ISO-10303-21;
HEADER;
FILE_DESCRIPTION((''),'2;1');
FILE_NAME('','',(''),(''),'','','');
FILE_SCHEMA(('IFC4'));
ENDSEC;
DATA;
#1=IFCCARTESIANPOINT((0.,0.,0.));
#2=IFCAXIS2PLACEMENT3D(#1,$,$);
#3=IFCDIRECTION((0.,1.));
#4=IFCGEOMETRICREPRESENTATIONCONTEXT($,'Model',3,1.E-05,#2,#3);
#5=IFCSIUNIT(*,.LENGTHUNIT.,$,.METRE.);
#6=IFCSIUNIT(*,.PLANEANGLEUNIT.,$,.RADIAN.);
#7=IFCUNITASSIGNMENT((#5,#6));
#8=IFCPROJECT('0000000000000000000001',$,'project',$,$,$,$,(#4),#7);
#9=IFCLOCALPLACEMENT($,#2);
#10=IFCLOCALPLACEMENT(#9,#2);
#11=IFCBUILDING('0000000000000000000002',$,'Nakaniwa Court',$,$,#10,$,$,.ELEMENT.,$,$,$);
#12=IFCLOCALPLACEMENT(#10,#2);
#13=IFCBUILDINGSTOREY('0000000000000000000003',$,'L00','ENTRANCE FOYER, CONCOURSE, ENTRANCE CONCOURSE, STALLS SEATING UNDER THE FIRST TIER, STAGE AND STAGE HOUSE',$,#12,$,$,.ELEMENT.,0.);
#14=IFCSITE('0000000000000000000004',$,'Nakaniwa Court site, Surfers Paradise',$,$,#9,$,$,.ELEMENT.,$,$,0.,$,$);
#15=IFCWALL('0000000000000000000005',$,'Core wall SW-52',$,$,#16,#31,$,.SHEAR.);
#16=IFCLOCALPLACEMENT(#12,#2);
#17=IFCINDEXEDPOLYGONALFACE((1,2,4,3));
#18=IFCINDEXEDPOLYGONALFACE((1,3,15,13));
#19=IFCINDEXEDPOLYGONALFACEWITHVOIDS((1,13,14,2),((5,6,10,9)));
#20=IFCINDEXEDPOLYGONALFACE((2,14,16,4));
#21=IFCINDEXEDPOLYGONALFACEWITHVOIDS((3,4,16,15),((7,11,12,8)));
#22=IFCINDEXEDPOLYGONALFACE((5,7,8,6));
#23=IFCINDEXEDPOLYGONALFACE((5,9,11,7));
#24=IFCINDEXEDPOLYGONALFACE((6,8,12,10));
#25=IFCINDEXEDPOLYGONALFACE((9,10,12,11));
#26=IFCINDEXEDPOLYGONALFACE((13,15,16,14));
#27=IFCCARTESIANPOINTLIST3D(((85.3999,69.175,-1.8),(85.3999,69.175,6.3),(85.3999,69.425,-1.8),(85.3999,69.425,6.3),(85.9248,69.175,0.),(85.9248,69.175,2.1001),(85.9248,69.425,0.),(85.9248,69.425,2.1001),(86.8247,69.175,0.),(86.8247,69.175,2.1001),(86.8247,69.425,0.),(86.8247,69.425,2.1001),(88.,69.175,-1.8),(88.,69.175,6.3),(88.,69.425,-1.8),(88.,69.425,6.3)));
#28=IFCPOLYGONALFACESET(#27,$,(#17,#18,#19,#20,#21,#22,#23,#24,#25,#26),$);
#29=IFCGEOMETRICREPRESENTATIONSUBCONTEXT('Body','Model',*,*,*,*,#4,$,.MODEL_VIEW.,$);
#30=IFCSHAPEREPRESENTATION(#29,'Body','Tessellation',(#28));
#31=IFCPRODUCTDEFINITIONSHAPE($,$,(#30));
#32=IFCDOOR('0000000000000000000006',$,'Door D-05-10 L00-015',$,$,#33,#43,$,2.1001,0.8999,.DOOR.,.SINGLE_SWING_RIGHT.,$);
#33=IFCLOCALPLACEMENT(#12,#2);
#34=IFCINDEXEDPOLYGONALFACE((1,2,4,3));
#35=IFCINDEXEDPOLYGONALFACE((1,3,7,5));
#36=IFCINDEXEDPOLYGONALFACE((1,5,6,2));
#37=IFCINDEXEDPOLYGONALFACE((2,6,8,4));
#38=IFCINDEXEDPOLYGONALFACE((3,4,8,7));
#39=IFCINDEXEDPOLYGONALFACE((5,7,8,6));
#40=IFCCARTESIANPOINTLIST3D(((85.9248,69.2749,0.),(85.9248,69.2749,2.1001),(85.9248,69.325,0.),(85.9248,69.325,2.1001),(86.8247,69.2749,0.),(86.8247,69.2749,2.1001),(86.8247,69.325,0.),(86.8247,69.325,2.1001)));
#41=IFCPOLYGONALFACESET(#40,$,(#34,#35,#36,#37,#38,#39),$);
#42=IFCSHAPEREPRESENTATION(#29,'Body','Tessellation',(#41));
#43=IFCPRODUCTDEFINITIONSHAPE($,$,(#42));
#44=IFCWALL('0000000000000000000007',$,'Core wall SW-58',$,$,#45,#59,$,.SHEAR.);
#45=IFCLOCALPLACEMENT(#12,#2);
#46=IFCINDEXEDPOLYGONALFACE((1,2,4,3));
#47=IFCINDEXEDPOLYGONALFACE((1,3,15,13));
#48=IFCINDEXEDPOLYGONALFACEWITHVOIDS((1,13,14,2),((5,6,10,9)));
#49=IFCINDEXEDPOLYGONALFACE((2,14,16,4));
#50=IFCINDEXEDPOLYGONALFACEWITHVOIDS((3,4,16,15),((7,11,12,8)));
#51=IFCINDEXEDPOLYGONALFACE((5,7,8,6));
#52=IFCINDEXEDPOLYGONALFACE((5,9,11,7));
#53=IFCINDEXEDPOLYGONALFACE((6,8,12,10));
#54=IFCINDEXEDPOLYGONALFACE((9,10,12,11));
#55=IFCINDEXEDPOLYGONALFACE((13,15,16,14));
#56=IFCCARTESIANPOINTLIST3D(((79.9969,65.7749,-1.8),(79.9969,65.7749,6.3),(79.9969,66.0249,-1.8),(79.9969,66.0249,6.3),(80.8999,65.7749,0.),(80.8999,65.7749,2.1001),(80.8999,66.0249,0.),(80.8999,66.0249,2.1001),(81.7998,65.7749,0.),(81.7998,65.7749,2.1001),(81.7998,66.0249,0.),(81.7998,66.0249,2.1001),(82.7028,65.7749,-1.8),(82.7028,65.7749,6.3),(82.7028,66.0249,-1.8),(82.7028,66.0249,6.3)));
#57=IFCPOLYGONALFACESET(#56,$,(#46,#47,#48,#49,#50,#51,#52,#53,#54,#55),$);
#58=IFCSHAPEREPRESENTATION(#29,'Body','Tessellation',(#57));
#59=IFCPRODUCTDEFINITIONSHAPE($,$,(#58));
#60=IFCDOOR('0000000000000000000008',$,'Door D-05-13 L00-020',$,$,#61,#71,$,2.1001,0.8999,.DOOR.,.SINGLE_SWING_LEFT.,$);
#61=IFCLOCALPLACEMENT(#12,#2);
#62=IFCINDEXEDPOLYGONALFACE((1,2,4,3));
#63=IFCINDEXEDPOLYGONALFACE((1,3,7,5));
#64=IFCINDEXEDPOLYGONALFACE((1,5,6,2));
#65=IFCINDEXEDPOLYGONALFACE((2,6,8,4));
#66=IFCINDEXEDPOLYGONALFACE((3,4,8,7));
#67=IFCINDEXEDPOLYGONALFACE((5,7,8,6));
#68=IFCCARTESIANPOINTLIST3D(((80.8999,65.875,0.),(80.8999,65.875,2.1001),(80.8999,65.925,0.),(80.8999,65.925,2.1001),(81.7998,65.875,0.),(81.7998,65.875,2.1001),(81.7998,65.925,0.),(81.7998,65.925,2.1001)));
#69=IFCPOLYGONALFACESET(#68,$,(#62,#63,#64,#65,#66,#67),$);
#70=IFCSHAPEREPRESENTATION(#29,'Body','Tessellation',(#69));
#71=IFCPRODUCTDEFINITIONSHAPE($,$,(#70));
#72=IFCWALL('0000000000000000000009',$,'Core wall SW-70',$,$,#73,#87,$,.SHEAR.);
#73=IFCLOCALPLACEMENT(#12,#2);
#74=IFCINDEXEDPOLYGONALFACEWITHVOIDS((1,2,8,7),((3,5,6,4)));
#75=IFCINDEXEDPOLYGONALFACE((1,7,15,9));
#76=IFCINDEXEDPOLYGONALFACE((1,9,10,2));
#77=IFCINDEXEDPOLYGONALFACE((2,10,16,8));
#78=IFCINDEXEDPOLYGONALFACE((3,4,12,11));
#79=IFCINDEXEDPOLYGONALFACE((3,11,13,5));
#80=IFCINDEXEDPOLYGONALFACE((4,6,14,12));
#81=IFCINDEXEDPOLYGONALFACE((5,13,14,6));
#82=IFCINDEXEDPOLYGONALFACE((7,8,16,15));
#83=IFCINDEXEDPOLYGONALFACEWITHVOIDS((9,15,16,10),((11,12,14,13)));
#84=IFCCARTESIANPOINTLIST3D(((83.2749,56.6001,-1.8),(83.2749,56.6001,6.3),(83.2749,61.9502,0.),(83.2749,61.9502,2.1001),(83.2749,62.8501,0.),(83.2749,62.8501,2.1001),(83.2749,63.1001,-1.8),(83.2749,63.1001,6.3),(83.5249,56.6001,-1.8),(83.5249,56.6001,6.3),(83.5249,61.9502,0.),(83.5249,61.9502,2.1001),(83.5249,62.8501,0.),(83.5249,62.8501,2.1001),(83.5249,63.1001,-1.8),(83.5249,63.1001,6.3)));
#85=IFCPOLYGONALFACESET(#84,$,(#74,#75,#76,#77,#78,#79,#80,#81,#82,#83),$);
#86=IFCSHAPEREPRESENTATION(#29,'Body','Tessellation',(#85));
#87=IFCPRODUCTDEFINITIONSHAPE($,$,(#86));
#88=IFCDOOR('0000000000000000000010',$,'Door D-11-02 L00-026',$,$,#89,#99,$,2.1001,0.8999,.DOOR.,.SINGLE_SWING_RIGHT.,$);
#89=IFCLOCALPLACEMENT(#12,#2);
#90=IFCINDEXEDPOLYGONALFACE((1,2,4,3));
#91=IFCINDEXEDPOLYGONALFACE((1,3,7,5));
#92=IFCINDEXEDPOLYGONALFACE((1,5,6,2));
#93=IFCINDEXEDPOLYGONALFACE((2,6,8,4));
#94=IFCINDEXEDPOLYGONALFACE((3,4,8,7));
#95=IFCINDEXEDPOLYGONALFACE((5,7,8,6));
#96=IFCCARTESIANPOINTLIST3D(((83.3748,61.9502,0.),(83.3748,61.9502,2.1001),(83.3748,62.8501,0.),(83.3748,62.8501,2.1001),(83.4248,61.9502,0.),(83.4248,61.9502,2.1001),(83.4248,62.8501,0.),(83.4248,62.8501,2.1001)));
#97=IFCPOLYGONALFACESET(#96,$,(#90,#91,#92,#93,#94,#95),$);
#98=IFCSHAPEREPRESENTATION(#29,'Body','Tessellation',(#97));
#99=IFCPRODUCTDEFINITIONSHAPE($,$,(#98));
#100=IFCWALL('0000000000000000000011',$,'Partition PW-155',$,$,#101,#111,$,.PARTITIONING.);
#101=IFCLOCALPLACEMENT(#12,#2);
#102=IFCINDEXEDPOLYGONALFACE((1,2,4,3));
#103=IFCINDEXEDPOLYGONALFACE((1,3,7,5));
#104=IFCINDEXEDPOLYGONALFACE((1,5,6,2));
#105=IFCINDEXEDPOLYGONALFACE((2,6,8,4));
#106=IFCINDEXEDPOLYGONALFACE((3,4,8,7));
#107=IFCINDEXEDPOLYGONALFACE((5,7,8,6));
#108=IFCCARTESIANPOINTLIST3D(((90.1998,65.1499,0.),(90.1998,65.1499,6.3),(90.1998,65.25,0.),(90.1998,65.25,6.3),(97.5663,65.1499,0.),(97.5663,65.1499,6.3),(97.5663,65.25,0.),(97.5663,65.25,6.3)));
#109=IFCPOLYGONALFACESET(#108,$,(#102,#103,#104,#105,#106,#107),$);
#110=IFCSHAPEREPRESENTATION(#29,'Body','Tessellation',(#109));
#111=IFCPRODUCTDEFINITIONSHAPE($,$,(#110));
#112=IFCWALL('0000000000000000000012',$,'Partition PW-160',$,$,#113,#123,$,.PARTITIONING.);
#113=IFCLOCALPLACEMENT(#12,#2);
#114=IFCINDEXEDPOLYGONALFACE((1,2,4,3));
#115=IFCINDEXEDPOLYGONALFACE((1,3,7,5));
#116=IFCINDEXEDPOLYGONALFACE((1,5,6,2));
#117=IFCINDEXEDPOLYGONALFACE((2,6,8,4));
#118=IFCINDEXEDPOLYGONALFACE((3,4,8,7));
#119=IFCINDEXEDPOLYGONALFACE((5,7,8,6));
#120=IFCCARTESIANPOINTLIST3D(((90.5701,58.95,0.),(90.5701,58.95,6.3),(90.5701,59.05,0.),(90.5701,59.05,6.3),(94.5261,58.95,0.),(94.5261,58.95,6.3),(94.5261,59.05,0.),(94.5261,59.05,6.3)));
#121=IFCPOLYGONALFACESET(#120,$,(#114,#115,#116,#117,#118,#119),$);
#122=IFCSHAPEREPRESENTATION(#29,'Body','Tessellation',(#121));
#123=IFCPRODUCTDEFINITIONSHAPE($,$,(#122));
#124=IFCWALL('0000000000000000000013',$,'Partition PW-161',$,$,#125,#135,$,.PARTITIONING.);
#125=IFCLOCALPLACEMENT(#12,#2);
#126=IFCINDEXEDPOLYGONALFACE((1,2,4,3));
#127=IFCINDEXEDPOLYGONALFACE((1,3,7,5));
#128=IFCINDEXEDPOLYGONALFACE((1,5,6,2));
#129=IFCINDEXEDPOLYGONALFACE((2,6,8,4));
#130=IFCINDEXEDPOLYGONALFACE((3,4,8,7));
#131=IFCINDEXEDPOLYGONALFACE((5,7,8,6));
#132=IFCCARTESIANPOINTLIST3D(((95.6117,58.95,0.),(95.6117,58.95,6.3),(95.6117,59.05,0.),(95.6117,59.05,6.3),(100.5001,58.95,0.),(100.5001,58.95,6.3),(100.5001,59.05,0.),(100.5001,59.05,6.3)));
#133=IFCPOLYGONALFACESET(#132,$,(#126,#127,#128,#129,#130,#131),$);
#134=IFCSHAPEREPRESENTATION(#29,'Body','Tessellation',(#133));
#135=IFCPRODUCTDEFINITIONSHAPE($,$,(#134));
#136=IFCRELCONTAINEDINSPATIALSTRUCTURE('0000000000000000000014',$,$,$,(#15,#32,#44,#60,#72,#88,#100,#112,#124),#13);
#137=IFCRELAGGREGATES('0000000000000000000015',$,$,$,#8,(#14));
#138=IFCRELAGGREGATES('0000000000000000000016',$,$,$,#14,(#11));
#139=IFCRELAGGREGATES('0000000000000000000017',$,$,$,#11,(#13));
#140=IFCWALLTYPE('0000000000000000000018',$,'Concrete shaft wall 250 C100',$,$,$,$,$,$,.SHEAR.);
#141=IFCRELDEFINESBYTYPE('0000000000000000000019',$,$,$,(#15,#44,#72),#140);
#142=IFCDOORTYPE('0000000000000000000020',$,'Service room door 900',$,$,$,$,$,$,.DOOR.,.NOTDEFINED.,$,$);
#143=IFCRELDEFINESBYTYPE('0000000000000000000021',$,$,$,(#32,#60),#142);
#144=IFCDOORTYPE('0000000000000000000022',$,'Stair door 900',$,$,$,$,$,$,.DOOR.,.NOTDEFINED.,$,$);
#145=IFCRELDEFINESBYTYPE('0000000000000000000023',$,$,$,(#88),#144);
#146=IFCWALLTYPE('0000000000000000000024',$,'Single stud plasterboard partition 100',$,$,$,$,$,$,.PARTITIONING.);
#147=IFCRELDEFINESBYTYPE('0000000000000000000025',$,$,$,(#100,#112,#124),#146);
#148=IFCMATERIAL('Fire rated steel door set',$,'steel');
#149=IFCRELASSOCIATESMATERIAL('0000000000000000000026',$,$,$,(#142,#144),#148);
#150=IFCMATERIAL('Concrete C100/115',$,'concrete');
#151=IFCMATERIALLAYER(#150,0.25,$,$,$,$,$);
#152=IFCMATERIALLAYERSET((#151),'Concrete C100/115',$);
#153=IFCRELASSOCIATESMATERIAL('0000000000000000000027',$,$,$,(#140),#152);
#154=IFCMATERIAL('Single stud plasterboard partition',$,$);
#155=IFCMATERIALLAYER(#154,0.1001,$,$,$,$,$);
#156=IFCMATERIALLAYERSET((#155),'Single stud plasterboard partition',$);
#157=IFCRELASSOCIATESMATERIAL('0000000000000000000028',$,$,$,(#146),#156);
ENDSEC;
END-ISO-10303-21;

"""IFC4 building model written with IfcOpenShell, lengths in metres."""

from ifc_helpers import new_model, si_unit, direction, frame, frame_2d, origin, place, context, subcontext, project, spatial, rectangle, extrude, material, layer, layer_set, type_object, element, fill, save


model = new_model("IFC4")

# Units and contexts
model_context = context("Model", 3, precision=1e-05, world=origin(), true_north=direction((0.0, 1.0)))
body_context = subcontext(model_context, "Body", "Model", "MODEL_VIEW")
ifc_project = project(units=[si_unit("LENGTHUNIT", "METRE"), si_unit("PLANEANGLEUNIT", "RADIAN")], contexts=[model_context])

# Site, building, storey
site_placement = place(None, origin())
site = spatial("IfcSite", under=ifc_project, at=site_placement, Name="Nakaniwa Court site, Surfers Paradise", CompositionType="ELEMENT", RefElevation=0.0)
building_placement = place(site_placement, origin())
building = spatial("IfcBuilding", under=site, at=building_placement, Name="Nakaniwa Court", CompositionType="ELEMENT")
storey_placement = place(building_placement, origin())
storey = spatial("IfcBuildingStorey", under=building, at=storey_placement, Name="L00", Description="ENTRANCE FOYER, CONCOURSE, ENTRANCE CONCOURSE, STALLS SEATING UNDER THE FIRST TIER, STAGE AND STAGE HOUSE", CompositionType="ELEMENT", Elevation=0.0)

# Shared definitions
ifc_material_1 = material(Name="Concrete C100/115", Category="concrete")

# Shared definitions
ifc_material_2 = material(Name="Fire rated steel door set", Category="steel")
door_type_1 = type_object("IfcDoorType", Name="Service room door 900", OperationType="NOTDEFINED", PredefinedType="DOOR", material=ifc_material_2)

# Shared definitions
ifc_layer_1 = layer(ifc_material_1, 0.25)
ifc_layer_set_1 = layer_set([ifc_layer_1], Name="Concrete C100/115")
wall_type_1 = type_object("IfcWallType", Name="Concrete shaft wall 250 C100", PredefinedType="SHEAR", material=ifc_layer_set_1)

# Walls, openings, doors
wall_1_placement = place(storey_placement, frame((85.3999, 69.3, -1.8), z_axis=(0.0, 0.0, 1.0), x_axis=(1.0, 0.0, 0.0)))
wall_1 = element("IfcWall", 1, at=wall_1_placement, inside=storey, type_object=wall_type_1, Name="Core wall SW-52", PredefinedType="SHEAR", context=body_context, shape_type="SweptSolid", body=[
    extrude(rectangle(XDim=2.6001, YDim=0.25, at=frame_2d((1.3, 0.0))), origin(), (0.0, 0.0, 1.0), 8.1001),
])
opening_1_placement = place(wall_1_placement, frame((0.5249, 0.0, 1.8)))
opening_1 = element("IfcOpeningElement", 2, at=opening_1_placement, cuts=wall_1, PredefinedType="OPENING", context=body_context, shape_type="SweptSolid", body=[
    extrude(rectangle(XDim=0.8999, YDim=2.1001, at=frame_2d((0.45, 1.05))), frame((0.0, 0.135, 0.0), z_axis=(0.0, -1.0, 0.0), x_axis=(1.0, 0.0, 0.0)), (0.0, 0.0, 1.0), 0.27),
])
door_1_placement = place(opening_1_placement, origin())
door_1 = element("IfcDoor", 3, at=door_1_placement, inside=storey, type_object=door_type_1, Name="Door D-05-10 L00-015", OperationType="SINGLE_SWING_RIGHT", OverallHeight=2.1001, OverallWidth=0.8999, PredefinedType="DOOR", context=body_context, shape_type="SweptSolid", body=[
    extrude(rectangle(XDim=0.8999, YDim=2.1001, at=frame_2d((0.45, 1.05))), frame((0.0, 0.0249, 0.0), z_axis=(0.0, -1.0, 0.0), x_axis=(1.0, 0.0, 0.0)), (0.0, 0.0, 1.0), 0.05),
])
fill(opening_1, door_1)
wall_2_placement = place(storey_placement, frame((82.7029, 65.8999, -1.8), z_axis=(0.0, 0.0, 1.0), x_axis=(-1.0, 0.0, 0.0)))
wall_2 = element("IfcWall", 4, at=wall_2_placement, inside=storey, type_object=wall_type_1, Name="Core wall SW-58", PredefinedType="SHEAR", context=body_context, shape_type="SweptSolid", body=[
    extrude(rectangle(XDim=2.7058, YDim=0.25, at=frame_2d((1.353, 0.0))), origin(), (0.0, 0.0, 1.0), 8.1001),
])
opening_2_placement = place(wall_2_placement, frame((0.9031, 0.0, 1.8)))
opening_2 = element("IfcOpeningElement", 5, at=opening_2_placement, cuts=wall_2, PredefinedType="OPENING", context=body_context, shape_type="SweptSolid", body=[
    extrude(rectangle(XDim=0.8999, YDim=2.1001, at=frame_2d((0.45, 1.05))), frame((0.0, 0.135, 0.0), z_axis=(0.0, -1.0, 0.0), x_axis=(1.0, 0.0, 0.0)), (0.0, 0.0, 1.0), 0.27),
])
door_2_placement = place(opening_2_placement, origin())
door_2 = element("IfcDoor", 6, at=door_2_placement, inside=storey, type_object=door_type_1, Name="Door D-05-13 L00-020", OperationType="SINGLE_SWING_LEFT", OverallHeight=2.1001, OverallWidth=0.8999, PredefinedType="DOOR", context=body_context, shape_type="SweptSolid", body=[
    extrude(rectangle(XDim=0.8999, YDim=2.1001, at=frame_2d((0.45, 1.05))), frame((0.0, 0.0249, 0.0), z_axis=(0.0, -1.0, 0.0), x_axis=(1.0, 0.0, 0.0)), (0.0, 0.0, 1.0), 0.05),
])
fill(opening_2, door_2)
wall_3_placement = place(storey_placement, frame((83.3999, 63.1001, -1.8), z_axis=(0.0, 0.0, 1.0), x_axis=(0.0, -1.0, 0.0)))
wall_3 = element("IfcWall", 7, at=wall_3_placement, inside=storey, type_object=wall_type_1, Name="Core wall SW-70", PredefinedType="SHEAR", context=body_context, shape_type="SweptSolid", body=[
    extrude(rectangle(XDim=6.5, YDim=0.25, at=frame_2d((3.25, 0.0))), origin(), (0.0, 0.0, 1.0), 8.1001),
])
opening_3_placement = place(wall_3_placement, frame((0.25, 0.0, 1.8)))
opening_3 = element("IfcOpeningElement", 8, at=opening_3_placement, cuts=wall_3, PredefinedType="OPENING", context=body_context, shape_type="SweptSolid", body=[
    extrude(rectangle(XDim=0.8999, YDim=2.1001, at=frame_2d((0.45, 1.05))), frame((0.0, 0.135, 0.0), z_axis=(0.0, -1.0, 0.0), x_axis=(1.0, 0.0, 0.0)), (0.0, 0.0, 1.0), 0.27),
])
door_type_2 = type_object("IfcDoorType", Name="Stair door 900", OperationType="NOTDEFINED", PredefinedType="DOOR", material=ifc_material_2)
door_3_placement = place(opening_3_placement, origin())
door_3 = element("IfcDoor", 9, at=door_3_placement, inside=storey, type_object=door_type_2, Name="Door D-11-02 L00-026", OperationType="SINGLE_SWING_RIGHT", OverallHeight=2.1001, OverallWidth=0.8999, PredefinedType="DOOR", context=body_context, shape_type="SweptSolid", body=[
    extrude(rectangle(XDim=0.8999, YDim=2.1001, at=frame_2d((0.45, 1.05))), frame((0.0, 0.0249, 0.0), z_axis=(0.0, -1.0, 0.0), x_axis=(1.0, 0.0, 0.0)), (0.0, 0.0, 1.0), 0.05),
])
fill(opening_3, door_3)

# Walls
ifc_material_3 = material(Name="Single stud plasterboard partition")
ifc_layer_2 = layer(ifc_material_3, 0.1001)
ifc_layer_set_2 = layer_set([ifc_layer_2], Name="Single stud plasterboard partition")
wall_type_2 = type_object("IfcWallType", Name="Single stud plasterboard partition 100", PredefinedType="PARTITIONING", material=ifc_layer_set_2)
wall_4_placement = place(storey_placement, frame((90.2, 65.2, 0.0), z_axis=(0.0, 0.0, 1.0), x_axis=(1.0, 0.0, 0.0)))
element("IfcWall", 10, at=wall_4_placement, inside=storey, type_object=wall_type_2, Name="Partition PW-155", PredefinedType="PARTITIONING", context=body_context, shape_type="SweptSolid", body=[
    extrude(rectangle(XDim=7.3665, YDim=0.1001, at=frame_2d((3.6831, 0.0))), origin(), (0.0, 0.0, 1.0), 6.3),
])
wall_5_placement = place(storey_placement, frame((90.5701, 59.0, 0.0), z_axis=(0.0, 0.0, 1.0), x_axis=(1.0, 0.0, 0.0)))
element("IfcWall", 11, at=wall_5_placement, inside=storey, type_object=wall_type_2, Name="Partition PW-160", PredefinedType="PARTITIONING", context=body_context, shape_type="SweptSolid", body=[
    extrude(rectangle(XDim=3.9561, YDim=0.1001, at=frame_2d((1.978, 0.0))), origin(), (0.0, 0.0, 1.0), 6.3),
])
wall_6_placement = place(storey_placement, frame((95.6116, 59.0, 0.0), z_axis=(0.0, 0.0, 1.0), x_axis=(1.0, 0.0, 0.0)))
element("IfcWall", 12, at=wall_6_placement, inside=storey, type_object=wall_type_2, Name="Partition PW-161", PredefinedType="PARTITIONING", context=body_context, shape_type="SweptSolid", body=[
    extrude(rectangle(XDim=4.8884, YDim=0.1001, at=frame_2d((2.4443, 0.0))), origin(), (0.0, 0.0, 1.0), 6.3),
])

save(model, "model.ifc")
